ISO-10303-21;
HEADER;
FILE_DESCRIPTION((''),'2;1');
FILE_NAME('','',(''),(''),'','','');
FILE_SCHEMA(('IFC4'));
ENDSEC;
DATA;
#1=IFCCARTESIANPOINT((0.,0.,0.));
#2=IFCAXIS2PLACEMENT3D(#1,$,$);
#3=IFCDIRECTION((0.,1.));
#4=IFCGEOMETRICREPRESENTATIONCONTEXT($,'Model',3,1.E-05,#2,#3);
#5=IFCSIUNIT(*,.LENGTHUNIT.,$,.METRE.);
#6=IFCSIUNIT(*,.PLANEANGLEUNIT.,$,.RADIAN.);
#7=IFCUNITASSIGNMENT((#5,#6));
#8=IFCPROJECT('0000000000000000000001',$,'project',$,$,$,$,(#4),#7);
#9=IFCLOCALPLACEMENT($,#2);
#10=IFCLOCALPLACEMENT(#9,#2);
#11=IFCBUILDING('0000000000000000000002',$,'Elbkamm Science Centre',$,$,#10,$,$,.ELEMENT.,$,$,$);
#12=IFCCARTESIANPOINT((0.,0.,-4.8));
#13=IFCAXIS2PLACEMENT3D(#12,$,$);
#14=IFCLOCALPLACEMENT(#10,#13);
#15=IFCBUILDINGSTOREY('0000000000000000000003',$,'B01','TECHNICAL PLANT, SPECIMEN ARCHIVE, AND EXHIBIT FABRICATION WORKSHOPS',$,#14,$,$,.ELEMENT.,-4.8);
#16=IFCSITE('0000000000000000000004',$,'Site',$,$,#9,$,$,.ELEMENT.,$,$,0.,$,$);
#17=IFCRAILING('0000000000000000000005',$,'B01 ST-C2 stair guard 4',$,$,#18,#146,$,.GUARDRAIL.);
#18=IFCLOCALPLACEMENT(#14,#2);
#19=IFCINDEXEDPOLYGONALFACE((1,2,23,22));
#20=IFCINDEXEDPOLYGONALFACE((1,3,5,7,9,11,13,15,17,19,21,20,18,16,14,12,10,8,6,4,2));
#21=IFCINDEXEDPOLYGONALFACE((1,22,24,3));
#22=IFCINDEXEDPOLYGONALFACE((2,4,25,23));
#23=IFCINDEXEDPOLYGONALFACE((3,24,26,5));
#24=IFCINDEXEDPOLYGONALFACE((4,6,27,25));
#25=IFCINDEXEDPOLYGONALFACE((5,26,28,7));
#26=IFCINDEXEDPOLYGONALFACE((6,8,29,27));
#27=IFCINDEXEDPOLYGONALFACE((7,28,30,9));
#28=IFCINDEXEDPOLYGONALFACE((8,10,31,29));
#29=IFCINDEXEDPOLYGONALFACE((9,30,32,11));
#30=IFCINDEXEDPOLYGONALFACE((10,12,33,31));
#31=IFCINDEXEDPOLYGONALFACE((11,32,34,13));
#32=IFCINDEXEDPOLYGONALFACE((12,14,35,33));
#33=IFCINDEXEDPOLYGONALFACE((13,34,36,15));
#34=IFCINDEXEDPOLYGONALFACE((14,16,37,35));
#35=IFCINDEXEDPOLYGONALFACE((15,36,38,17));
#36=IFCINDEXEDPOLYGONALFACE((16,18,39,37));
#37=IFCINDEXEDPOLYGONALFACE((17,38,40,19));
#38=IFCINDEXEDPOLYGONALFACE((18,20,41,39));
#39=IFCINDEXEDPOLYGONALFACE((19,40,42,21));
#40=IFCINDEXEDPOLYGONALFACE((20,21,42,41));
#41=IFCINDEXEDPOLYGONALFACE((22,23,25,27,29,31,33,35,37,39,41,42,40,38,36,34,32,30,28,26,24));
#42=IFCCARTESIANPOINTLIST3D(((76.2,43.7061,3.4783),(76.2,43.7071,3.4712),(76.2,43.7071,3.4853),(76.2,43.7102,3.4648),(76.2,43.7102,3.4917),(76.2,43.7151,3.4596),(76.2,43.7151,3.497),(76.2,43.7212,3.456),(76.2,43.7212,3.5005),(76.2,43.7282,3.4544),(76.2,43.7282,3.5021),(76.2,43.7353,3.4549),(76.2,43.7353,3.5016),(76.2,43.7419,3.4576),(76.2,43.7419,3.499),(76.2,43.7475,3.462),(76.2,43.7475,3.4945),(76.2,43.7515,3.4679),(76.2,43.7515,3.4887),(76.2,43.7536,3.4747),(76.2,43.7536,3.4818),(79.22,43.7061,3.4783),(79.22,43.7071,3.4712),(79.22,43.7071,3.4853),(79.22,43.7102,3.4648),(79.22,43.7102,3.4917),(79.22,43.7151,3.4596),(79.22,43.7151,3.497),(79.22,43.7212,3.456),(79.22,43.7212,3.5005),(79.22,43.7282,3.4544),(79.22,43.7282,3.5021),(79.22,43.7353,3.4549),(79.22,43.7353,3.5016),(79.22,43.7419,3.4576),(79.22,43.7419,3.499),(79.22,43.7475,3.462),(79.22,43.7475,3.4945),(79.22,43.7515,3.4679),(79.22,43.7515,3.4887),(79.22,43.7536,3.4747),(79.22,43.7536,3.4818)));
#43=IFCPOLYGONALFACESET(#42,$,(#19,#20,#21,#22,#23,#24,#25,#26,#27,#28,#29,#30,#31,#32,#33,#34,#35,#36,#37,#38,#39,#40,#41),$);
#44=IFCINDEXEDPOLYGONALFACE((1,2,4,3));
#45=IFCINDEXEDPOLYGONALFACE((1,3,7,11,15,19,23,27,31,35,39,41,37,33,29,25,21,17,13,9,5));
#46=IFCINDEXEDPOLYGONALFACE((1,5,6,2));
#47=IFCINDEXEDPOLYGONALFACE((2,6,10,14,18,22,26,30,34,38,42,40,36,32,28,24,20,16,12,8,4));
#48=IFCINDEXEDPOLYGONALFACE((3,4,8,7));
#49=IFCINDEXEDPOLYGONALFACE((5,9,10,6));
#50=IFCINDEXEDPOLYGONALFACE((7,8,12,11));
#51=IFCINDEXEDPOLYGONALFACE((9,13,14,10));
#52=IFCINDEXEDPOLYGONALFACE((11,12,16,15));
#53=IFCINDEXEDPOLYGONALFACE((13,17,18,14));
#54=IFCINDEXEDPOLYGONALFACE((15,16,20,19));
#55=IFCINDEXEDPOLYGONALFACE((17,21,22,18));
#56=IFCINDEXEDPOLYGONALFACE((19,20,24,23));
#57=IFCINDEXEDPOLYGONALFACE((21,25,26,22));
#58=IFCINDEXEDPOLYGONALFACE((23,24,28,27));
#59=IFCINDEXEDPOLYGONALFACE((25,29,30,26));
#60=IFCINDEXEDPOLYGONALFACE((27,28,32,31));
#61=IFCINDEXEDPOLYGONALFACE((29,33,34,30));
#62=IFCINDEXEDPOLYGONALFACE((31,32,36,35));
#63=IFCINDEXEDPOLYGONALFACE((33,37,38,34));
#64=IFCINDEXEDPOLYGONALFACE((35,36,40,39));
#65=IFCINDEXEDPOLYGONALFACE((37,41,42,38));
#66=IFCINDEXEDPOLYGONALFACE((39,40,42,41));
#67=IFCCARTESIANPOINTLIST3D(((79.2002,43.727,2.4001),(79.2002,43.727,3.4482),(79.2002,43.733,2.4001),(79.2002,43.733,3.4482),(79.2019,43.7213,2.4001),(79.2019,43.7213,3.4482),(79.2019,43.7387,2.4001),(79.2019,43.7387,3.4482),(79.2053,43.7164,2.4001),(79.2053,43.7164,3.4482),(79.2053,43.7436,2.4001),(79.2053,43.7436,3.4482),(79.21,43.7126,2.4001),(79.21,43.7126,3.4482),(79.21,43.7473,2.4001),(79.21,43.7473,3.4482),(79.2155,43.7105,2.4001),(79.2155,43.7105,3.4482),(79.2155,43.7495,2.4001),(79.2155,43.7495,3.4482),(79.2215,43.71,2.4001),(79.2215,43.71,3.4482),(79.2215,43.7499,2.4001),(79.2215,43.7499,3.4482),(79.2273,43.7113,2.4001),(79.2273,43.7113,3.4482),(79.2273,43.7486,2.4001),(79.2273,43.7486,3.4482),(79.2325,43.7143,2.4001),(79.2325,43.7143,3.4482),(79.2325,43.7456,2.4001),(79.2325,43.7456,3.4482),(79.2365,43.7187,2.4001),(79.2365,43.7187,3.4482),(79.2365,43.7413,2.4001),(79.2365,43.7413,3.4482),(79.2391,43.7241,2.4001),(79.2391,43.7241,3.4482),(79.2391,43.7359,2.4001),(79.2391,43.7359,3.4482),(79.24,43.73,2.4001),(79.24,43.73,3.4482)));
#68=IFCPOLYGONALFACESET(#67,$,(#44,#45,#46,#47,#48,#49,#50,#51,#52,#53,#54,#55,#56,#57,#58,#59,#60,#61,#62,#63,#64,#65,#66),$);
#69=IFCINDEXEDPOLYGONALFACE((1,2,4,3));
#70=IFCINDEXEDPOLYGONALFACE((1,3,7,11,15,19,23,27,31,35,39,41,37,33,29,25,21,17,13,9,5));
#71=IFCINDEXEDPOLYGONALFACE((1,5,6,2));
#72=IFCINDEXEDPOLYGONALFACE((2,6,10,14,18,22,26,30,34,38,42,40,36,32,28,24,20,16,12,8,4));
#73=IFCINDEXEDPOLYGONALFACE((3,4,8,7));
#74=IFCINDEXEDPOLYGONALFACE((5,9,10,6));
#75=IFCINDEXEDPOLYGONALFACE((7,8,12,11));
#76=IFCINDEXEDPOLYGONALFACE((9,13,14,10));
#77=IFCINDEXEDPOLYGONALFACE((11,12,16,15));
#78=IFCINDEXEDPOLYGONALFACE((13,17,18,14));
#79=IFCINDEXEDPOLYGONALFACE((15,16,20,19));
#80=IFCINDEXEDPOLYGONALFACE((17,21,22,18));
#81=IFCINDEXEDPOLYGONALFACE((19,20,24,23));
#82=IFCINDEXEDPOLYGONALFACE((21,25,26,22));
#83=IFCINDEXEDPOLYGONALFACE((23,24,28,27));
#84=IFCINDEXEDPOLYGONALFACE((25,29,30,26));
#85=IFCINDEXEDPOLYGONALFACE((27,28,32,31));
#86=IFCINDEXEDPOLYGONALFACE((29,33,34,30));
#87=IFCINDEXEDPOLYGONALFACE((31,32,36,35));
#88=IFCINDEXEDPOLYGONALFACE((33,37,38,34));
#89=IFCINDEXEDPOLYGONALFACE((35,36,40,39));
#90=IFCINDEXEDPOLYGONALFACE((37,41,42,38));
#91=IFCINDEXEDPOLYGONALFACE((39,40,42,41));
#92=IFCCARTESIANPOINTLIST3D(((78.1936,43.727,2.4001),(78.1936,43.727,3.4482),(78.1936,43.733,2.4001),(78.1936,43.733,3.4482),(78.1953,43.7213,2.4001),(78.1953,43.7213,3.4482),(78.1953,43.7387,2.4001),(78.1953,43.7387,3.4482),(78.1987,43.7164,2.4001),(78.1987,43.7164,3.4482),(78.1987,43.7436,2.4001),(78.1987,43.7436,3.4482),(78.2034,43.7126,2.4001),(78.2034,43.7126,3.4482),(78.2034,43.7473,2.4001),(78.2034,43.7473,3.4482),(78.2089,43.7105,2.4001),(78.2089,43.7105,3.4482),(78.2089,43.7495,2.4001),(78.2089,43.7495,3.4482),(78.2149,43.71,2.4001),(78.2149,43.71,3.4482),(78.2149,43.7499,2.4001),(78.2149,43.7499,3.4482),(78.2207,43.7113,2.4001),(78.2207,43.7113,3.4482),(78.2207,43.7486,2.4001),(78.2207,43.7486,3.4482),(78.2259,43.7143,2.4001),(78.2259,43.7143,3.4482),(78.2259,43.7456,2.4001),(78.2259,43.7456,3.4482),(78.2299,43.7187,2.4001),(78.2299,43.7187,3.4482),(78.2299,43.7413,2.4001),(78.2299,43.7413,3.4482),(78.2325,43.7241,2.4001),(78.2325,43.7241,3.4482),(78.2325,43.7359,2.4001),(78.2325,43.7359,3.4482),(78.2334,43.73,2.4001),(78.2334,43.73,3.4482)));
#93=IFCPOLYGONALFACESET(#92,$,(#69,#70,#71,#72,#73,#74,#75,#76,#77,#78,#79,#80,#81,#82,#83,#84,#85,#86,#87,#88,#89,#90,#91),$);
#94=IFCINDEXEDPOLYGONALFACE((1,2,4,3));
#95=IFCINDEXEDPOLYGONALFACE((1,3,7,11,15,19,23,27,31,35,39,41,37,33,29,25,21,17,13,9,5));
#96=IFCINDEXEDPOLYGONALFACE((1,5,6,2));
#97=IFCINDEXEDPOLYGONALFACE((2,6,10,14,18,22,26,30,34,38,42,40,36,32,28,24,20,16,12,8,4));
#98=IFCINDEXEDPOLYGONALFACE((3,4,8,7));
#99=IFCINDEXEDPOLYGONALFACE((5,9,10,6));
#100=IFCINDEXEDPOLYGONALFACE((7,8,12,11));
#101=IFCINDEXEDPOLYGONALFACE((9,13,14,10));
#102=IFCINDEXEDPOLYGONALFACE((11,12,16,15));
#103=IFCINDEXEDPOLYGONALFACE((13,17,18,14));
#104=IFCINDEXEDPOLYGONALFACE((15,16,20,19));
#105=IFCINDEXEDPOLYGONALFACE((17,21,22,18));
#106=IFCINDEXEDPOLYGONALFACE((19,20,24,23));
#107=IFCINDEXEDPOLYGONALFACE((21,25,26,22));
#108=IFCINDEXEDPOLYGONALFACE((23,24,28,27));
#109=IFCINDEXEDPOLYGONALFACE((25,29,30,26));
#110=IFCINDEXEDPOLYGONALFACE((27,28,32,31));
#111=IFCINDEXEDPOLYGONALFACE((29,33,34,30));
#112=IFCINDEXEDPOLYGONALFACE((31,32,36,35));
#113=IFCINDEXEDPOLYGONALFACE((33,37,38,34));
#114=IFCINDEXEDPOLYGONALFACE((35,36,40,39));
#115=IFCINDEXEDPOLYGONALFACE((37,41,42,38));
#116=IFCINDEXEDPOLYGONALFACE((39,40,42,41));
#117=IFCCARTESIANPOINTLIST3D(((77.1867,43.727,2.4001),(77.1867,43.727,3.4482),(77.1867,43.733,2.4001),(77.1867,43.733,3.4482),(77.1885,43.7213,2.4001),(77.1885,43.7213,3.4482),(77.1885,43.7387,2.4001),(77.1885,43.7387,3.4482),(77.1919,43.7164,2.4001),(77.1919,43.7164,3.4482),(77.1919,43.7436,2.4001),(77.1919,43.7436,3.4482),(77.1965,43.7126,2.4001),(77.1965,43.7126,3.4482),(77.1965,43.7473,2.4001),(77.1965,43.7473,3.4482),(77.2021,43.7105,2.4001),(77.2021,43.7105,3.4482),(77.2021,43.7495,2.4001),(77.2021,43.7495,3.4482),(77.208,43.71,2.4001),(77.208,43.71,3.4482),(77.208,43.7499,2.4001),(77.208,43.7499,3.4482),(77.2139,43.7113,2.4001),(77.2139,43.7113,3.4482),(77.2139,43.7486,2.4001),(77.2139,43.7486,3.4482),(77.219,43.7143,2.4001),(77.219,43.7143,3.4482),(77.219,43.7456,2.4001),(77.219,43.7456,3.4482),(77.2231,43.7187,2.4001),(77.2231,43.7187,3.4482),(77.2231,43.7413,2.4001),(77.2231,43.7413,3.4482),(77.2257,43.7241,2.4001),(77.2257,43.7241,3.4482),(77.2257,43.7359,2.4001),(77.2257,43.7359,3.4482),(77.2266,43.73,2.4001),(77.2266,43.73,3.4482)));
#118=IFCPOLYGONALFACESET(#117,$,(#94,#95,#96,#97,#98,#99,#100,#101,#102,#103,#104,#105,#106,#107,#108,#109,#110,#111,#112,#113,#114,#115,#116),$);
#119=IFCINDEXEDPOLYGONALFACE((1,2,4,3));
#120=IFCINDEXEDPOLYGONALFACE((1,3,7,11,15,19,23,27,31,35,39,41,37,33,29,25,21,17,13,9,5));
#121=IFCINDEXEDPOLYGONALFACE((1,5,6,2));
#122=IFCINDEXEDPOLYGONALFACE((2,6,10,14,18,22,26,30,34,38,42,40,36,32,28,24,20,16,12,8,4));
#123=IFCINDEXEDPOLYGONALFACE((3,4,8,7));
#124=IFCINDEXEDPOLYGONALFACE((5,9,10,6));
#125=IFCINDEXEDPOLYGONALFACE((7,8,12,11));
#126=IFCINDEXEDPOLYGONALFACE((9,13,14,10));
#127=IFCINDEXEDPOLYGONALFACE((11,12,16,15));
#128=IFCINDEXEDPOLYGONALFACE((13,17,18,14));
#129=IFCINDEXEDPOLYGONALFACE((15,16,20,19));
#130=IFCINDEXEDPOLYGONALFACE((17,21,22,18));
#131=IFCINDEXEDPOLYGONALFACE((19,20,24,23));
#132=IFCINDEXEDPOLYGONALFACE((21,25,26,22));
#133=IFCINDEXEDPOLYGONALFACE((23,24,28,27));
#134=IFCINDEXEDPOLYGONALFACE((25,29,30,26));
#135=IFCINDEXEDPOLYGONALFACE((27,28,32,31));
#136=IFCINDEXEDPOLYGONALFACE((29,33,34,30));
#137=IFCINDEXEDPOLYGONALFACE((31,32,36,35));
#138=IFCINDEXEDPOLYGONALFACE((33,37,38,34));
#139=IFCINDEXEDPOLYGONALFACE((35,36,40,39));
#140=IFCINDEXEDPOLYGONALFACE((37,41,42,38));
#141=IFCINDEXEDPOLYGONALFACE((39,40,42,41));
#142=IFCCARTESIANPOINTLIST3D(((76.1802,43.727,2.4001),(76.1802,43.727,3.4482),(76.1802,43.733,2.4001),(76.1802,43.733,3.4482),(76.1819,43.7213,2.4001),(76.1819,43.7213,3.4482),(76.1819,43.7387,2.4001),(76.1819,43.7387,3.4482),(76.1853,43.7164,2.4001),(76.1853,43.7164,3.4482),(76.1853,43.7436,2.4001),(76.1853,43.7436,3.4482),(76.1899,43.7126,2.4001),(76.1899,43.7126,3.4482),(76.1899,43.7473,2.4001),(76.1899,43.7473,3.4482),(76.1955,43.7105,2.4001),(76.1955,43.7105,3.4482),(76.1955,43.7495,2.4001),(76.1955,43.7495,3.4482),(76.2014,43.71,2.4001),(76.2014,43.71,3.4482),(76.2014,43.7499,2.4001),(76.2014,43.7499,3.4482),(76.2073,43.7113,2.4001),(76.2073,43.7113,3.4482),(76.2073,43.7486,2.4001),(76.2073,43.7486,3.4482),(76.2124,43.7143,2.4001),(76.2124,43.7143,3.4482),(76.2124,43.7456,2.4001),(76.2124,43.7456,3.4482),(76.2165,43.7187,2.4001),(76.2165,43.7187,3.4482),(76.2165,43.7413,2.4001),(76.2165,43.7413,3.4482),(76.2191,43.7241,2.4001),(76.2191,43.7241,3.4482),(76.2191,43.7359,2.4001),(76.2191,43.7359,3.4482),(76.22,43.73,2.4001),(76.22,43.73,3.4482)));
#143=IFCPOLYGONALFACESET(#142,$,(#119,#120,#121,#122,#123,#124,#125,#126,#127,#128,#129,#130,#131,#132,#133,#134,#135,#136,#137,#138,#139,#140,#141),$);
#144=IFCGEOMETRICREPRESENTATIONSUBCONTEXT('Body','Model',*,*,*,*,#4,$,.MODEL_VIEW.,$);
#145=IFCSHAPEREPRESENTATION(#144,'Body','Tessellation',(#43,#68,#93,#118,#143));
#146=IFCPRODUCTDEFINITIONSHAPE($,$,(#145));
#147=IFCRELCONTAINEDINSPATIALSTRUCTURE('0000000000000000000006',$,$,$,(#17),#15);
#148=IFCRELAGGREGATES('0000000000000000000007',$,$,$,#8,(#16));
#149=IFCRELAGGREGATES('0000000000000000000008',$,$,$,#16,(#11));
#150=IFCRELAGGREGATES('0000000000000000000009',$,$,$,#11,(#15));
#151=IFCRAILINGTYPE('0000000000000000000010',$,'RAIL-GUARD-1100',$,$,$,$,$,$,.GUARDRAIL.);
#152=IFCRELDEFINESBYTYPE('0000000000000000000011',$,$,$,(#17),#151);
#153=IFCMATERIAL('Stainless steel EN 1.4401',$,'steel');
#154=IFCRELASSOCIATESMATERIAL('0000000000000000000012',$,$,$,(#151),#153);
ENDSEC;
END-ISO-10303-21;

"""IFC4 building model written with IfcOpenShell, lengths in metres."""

from ifc_helpers import new_model, si_unit, direction, frame, origin, origin_2d, place, context, subcontext, project, spatial, circle, extrude, material, type_object, element, save


model = new_model("IFC4")

# Units and contexts
model_context = context("Model", 3, precision=1e-05, world=origin(), true_north=direction((0.0, 1.0)))
body_context = subcontext(model_context, "Body", "Model", "MODEL_VIEW")
ifc_project = project(units=[si_unit("LENGTHUNIT", "METRE"), si_unit("PLANEANGLEUNIT", "RADIAN")], contexts=[model_context])

# Site, building, storey
site_placement = place(None, origin())
site = spatial("IfcSite", under=ifc_project, at=site_placement, Name="Site", CompositionType="ELEMENT", RefElevation=0.0)
building_placement = place(site_placement, origin())
building = spatial("IfcBuilding", under=site, at=building_placement, Name="Elbkamm Science Centre", CompositionType="ELEMENT")
storey_placement = place(building_placement, frame((0.0, 0.0, -4.8)))
storey = spatial("IfcBuildingStorey", under=building, at=storey_placement, Name="B01", Description="TECHNICAL PLANT, SPECIMEN ARCHIVE, AND EXHIBIT FABRICATION WORKSHOPS", CompositionType="ELEMENT", Elevation=-4.8)

# Railing
ifc_material_1 = material(Name="Stainless steel EN 1.4401", Category="steel")
railing_type_1 = type_object("IfcRailingType", Name="RAIL-GUARD-1100", PredefinedType="GUARDRAIL", material=ifc_material_1)
for number, where, name in (
    (1, (79.22, 43.73, 2.4001), "B01 ST-C2 stair guard 4"),
):
    element("IfcRailing", number, at=place(storey_placement, frame(where)), inside=storey, type_object=railing_type_1, Name=name, PredefinedType="GUARDRAIL", context=body_context, shape_type="SweptSolid", body=[
        extrude(circle(Radius=0.0239, at=origin_2d()), frame((0.0, 0.0, 1.0781), z_axis=(-1.0, 0.0, 0.0), x_axis=(0.0, -1.0, 0.0)), (0.0, 0.0, 1.0), 3.02),
        extrude(circle(Radius=0.02, at=origin_2d()), origin(), (0.0, 0.0, 1.0), 1.0481),
        extrude(circle(Radius=0.02, at=origin_2d()), frame((-1.0066, 0.0, 0.0)), (0.0, 0.0, 1.0), 1.0481),
        extrude(circle(Radius=0.02, at=origin_2d()), frame((-2.0134, 0.0, 0.0)), (0.0, 0.0, 1.0), 1.0481),
        extrude(circle(Radius=0.02, at=origin_2d()), frame((-3.02, 0.0, 0.0)), (0.0, 0.0, 1.0), 1.0481),
    ])

save(model, "model.ifc")
